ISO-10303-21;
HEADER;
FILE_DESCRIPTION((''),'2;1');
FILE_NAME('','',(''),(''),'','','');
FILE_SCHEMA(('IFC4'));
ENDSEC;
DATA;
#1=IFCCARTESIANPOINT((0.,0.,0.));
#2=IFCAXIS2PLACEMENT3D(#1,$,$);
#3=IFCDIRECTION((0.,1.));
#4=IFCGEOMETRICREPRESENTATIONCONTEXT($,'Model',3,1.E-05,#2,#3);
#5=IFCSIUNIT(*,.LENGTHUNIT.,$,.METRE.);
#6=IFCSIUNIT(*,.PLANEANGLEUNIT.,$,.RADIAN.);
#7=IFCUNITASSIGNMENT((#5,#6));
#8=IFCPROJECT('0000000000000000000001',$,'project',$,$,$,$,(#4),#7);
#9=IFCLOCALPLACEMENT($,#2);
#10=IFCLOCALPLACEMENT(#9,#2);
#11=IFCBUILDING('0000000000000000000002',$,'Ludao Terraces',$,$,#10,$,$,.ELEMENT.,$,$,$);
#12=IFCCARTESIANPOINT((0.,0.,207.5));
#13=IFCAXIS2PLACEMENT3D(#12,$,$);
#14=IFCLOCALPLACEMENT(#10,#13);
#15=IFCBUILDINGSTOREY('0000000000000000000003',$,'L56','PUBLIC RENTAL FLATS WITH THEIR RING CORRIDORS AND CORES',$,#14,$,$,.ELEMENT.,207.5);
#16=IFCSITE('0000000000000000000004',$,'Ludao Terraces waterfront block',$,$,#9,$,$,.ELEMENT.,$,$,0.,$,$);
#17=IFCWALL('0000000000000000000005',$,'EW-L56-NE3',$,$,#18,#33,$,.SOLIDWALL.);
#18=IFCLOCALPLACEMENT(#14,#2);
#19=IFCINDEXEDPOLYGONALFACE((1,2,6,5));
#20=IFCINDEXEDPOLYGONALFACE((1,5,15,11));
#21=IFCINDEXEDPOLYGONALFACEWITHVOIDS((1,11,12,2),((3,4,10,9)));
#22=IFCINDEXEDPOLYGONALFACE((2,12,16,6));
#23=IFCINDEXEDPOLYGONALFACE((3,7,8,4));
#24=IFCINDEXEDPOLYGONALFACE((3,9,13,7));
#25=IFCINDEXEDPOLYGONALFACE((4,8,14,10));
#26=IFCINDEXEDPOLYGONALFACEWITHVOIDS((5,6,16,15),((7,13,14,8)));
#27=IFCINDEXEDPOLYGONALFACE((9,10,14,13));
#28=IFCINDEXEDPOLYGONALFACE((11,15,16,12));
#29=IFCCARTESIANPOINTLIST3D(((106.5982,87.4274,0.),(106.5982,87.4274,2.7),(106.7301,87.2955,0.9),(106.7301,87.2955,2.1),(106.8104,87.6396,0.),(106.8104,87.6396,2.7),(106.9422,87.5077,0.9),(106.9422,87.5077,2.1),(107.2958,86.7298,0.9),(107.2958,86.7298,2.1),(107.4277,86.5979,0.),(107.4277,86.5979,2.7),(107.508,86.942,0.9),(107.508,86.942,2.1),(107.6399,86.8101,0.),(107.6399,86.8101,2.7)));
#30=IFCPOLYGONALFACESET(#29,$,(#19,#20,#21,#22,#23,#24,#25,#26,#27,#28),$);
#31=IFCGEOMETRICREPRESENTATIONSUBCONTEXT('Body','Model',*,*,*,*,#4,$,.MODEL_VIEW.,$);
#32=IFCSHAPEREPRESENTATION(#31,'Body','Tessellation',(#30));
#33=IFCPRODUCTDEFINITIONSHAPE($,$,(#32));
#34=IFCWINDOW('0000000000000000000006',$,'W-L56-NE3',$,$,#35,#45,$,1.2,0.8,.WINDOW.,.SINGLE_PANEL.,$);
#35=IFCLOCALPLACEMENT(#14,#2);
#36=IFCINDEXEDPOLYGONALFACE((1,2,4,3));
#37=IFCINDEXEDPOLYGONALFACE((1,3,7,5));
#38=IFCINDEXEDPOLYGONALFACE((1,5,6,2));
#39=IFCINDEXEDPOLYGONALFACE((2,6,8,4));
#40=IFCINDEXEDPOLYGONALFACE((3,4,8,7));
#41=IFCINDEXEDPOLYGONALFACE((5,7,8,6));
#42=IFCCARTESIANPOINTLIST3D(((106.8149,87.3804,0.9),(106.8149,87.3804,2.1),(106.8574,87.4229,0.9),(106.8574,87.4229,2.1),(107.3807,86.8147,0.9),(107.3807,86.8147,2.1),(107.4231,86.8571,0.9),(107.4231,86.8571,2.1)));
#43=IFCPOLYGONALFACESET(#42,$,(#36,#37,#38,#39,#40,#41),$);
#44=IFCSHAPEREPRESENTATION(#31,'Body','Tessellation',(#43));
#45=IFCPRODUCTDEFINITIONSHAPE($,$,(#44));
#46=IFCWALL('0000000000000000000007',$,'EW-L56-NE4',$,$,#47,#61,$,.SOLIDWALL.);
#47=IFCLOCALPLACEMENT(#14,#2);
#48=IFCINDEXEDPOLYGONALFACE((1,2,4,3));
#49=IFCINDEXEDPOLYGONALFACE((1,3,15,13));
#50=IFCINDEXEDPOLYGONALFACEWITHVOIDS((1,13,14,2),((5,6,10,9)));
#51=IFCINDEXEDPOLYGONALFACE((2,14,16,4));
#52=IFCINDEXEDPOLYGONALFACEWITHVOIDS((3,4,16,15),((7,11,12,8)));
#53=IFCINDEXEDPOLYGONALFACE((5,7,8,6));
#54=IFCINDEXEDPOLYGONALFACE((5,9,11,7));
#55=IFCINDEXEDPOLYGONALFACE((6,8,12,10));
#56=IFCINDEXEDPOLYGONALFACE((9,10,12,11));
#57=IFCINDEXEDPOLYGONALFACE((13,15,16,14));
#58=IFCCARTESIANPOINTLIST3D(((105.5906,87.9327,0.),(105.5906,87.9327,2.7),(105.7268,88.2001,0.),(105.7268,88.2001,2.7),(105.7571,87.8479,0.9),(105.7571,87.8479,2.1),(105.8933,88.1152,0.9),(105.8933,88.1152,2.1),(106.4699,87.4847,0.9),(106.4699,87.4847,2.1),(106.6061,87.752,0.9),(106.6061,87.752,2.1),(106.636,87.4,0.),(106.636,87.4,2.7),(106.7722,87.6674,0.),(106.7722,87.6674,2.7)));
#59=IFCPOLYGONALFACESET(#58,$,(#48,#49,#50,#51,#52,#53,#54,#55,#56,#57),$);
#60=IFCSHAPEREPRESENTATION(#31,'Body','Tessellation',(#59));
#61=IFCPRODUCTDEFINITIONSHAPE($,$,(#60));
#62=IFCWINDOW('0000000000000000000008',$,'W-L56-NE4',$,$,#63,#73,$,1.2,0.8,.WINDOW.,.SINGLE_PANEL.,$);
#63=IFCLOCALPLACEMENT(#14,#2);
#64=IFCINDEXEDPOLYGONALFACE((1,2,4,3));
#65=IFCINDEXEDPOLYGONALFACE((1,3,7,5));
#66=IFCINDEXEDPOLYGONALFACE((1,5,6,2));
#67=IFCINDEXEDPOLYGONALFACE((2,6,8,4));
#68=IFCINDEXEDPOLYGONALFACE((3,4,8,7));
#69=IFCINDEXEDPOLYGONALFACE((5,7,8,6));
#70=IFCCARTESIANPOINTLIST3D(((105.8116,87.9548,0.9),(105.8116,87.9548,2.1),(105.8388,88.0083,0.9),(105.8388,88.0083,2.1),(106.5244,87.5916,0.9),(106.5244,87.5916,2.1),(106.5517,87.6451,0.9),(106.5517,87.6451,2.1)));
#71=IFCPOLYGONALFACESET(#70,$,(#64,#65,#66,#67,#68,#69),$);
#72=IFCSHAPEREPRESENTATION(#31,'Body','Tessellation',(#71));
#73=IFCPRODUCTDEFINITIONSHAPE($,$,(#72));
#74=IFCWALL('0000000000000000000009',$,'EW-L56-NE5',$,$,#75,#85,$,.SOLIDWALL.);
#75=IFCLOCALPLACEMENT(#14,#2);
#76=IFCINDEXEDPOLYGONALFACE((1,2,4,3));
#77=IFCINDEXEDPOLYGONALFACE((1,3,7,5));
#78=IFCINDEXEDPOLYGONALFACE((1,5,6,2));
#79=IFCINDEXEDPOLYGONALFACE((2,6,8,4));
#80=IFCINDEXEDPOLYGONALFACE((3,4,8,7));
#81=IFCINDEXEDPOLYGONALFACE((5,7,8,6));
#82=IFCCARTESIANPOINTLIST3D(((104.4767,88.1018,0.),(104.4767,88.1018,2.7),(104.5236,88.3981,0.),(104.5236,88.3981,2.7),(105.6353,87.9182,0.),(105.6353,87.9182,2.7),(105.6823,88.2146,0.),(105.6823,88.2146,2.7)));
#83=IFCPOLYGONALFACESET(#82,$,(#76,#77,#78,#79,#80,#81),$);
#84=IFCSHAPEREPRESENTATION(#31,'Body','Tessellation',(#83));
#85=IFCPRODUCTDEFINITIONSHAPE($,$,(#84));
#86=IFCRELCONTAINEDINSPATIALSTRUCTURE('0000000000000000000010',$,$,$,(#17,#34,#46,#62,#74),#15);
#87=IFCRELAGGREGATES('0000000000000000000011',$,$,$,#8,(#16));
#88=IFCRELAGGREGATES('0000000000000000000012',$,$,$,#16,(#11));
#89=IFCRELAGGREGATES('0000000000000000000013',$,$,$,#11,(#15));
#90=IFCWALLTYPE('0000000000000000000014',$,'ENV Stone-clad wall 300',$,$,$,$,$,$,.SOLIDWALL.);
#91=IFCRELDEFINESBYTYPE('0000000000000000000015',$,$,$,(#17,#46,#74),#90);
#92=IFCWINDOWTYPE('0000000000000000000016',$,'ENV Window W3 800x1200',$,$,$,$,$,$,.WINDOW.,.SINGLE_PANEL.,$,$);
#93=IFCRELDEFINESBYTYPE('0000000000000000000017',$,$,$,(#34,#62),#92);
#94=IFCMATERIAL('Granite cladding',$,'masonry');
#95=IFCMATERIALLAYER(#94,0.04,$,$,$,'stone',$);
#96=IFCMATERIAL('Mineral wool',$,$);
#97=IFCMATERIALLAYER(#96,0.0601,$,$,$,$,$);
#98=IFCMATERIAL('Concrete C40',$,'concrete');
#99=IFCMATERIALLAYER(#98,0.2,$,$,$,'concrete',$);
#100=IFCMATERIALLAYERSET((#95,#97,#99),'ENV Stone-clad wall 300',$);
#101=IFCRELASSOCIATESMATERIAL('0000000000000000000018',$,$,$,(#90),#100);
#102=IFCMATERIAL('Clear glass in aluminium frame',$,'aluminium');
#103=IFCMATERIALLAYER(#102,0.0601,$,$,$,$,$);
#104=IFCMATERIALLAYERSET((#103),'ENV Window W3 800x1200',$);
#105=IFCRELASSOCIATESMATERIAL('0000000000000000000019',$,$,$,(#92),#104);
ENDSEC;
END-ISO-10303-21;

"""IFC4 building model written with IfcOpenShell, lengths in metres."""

from ifc_helpers import new_model, si_unit, direction, frame, frame_2d, origin, place, context, subcontext, project, spatial, rectangle, extrude, material, layer, layer_set, type_object, element, fill, save


model = new_model("IFC4")

# Units and contexts
model_context = context("Model", 3, precision=1e-05, world=origin(), true_north=direction((0.0, 1.0)))
body_context = subcontext(model_context, "Body", "Model", "MODEL_VIEW")
ifc_project = project(units=[si_unit("LENGTHUNIT", "METRE"), si_unit("PLANEANGLEUNIT", "RADIAN")], contexts=[model_context])

# Site, building, storey
site_placement = place(None, origin())
site = spatial("IfcSite", under=ifc_project, at=site_placement, Name="Ludao Terraces waterfront block", CompositionType="ELEMENT", RefElevation=0.0)
building_placement = place(site_placement, origin())
building = spatial("IfcBuilding", under=site, at=building_placement, Name="Ludao Terraces", CompositionType="ELEMENT")
storey_placement = place(building_placement, frame((0.0, 0.0, 207.5)))
storey = spatial("IfcBuildingStorey", under=building, at=storey_placement, Name="L56", Description="PUBLIC RENTAL FLATS WITH THEIR RING CORRIDORS AND CORES", CompositionType="ELEMENT", Elevation=207.5)

# Shared definitions
ifc_material_1 = material(Name="Concrete C40", Category="concrete")

# Shared definitions
ifc_material_2 = material(Name="Granite cladding", Category="masonry")
ifc_layer_1 = layer(ifc_material_2, 0.04, Category="stone")
ifc_material_3 = material(Name="Mineral wool")
ifc_layer_2 = layer(ifc_material_3, 0.0601)
ifc_layer_3 = layer(ifc_material_1, 0.2, Category="concrete")
ifc_layer_set_1 = layer_set([ifc_layer_1, ifc_layer_2, ifc_layer_3], Name="ENV Stone-clad wall 300")
wall_type = type_object("IfcWallType", Name="ENV Stone-clad wall 300", PredefinedType="SOLIDWALL", material=ifc_layer_set_1)
ifc_material_4 = material(Name="Clear glass in aluminium frame", Category="aluminium")

# Walls, openings, windows
ifc_layer_4 = layer(ifc_material_4, 0.0601)
ifc_layer_set_2 = layer_set([ifc_layer_4], Name="ENV Window W3 800x1200")
window_type_1 = type_object("IfcWindowType", Name="ENV Window W3 800x1200", PartitioningType="SINGLE_PANEL", PredefinedType="WINDOW", material=ifc_layer_set_2)
wall_1_placement = place(storey_placement, frame((107.5337, 86.7041, 0.0), z_axis=(0.0, 0.0, 1.0), x_axis=(-0.707107, 0.707107, 0.0)))
wall_1 = element("IfcWall", 1, at=wall_1_placement, inside=storey, type_object=wall_type, Name="EW-L56-NE3", PredefinedType="SOLIDWALL", context=body_context, shape_type="SweptSolid", body=[
    extrude(rectangle(XDim=1.1731, YDim=0.3, at=frame_2d((0.5864, 0.0))), origin(), (0.0, 0.0, 1.0), 2.7),
])
opening_1_placement = place(wall_1_placement, frame((0.1865, 0.0, 0.8999)))
opening_1 = element("IfcOpeningElement", 2, at=opening_1_placement, cuts=wall_1, PredefinedType="OPENING", context=body_context, shape_type="SweptSolid", body=[
    extrude(rectangle(XDim=0.8, YDim=1.2, at=frame_2d((0.3999, 0.6001))), frame((0.0, 0.1602, 0.0), z_axis=(0.0, -1.0, 0.0), x_axis=(1.0, 0.0, 0.0)), (0.0, 0.0, 1.0), 0.3201),
])
window_1_placement = place(opening_1_placement, origin())
window_1 = element("IfcWindow", 3, at=window_1_placement, inside=storey, type_object=window_type_1, Name="W-L56-NE3", OverallHeight=1.2, OverallWidth=0.8, PartitioningType="SINGLE_PANEL", PredefinedType="WINDOW", context=body_context, shape_type="SweptSolid", body=[
    extrude(rectangle(XDim=0.8, YDim=1.2, at=frame_2d((0.3999, 0.6001))), frame((0.0, 0.03, 0.0), z_axis=(0.0, -1.0, 0.0), x_axis=(1.0, 0.0, 0.0)), (0.0, 0.0, 1.0), 0.0601),
])
fill(opening_1, window_1)
wall_2_placement = place(storey_placement, frame((106.7041, 87.5337, 0.0), z_axis=(0.0, 0.0, 1.0), x_axis=(-0.890989, 0.454026, 0.0)))
wall_2 = element("IfcWall", 4, at=wall_2_placement, inside=storey, type_object=wall_type, Name="EW-L56-NE4", PredefinedType="SOLIDWALL", context=body_context, shape_type="SweptSolid", body=[
    extrude(rectangle(XDim=1.1733, YDim=0.3, at=frame_2d((0.5867, 0.0))), origin(), (0.0, 0.0, 1.0), 2.7),
])
opening_2_placement = place(wall_2_placement, frame((0.1865, 0.0, 0.8999)))
opening_2 = element("IfcOpeningElement", 5, at=opening_2_placement, cuts=wall_2, PredefinedType="OPENING", context=body_context, shape_type="SweptSolid", body=[
    extrude(rectangle(XDim=0.8, YDim=1.2, at=frame_2d((0.3999, 0.6001))), frame((0.0, 0.1602, 0.0), z_axis=(0.0, -1.0, 0.0), x_axis=(1.0, 0.0, 0.0)), (0.0, 0.0, 1.0), 0.3201),
])
window_2_placement = place(opening_2_placement, origin())
window_2 = element("IfcWindow", 6, at=window_2_placement, inside=storey, type_object=window_type_1, Name="W-L56-NE4", OverallHeight=1.2, OverallWidth=0.8, PartitioningType="SINGLE_PANEL", PredefinedType="WINDOW", context=body_context, shape_type="SweptSolid", body=[
    extrude(rectangle(XDim=0.8, YDim=1.2, at=frame_2d((0.3999, 0.6001))), frame((0.0, 0.03, 0.0), z_axis=(0.0, -1.0, 0.0), x_axis=(1.0, 0.0, 0.0)), (0.0, 0.0, 1.0), 0.0601),
])
fill(opening_2, window_2)

# Wall
wall_3_placement = place(storey_placement, frame((105.6587, 88.0664, 0.0), z_axis=(0.0, 0.0, 1.0), x_axis=(-0.987678, 0.156497, 0.0)))
element("IfcWall", 7, at=wall_3_placement, inside=storey, type_object=wall_type, Name="EW-L56-NE5", PredefinedType="SOLIDWALL", context=body_context, shape_type="SweptSolid", body=[
    extrude(rectangle(XDim=1.1731, YDim=0.3, at=frame_2d((0.5864, 0.0))), origin(), (0.0, 0.0, 1.0), 2.7),
])

save(model, "model.ifc")
